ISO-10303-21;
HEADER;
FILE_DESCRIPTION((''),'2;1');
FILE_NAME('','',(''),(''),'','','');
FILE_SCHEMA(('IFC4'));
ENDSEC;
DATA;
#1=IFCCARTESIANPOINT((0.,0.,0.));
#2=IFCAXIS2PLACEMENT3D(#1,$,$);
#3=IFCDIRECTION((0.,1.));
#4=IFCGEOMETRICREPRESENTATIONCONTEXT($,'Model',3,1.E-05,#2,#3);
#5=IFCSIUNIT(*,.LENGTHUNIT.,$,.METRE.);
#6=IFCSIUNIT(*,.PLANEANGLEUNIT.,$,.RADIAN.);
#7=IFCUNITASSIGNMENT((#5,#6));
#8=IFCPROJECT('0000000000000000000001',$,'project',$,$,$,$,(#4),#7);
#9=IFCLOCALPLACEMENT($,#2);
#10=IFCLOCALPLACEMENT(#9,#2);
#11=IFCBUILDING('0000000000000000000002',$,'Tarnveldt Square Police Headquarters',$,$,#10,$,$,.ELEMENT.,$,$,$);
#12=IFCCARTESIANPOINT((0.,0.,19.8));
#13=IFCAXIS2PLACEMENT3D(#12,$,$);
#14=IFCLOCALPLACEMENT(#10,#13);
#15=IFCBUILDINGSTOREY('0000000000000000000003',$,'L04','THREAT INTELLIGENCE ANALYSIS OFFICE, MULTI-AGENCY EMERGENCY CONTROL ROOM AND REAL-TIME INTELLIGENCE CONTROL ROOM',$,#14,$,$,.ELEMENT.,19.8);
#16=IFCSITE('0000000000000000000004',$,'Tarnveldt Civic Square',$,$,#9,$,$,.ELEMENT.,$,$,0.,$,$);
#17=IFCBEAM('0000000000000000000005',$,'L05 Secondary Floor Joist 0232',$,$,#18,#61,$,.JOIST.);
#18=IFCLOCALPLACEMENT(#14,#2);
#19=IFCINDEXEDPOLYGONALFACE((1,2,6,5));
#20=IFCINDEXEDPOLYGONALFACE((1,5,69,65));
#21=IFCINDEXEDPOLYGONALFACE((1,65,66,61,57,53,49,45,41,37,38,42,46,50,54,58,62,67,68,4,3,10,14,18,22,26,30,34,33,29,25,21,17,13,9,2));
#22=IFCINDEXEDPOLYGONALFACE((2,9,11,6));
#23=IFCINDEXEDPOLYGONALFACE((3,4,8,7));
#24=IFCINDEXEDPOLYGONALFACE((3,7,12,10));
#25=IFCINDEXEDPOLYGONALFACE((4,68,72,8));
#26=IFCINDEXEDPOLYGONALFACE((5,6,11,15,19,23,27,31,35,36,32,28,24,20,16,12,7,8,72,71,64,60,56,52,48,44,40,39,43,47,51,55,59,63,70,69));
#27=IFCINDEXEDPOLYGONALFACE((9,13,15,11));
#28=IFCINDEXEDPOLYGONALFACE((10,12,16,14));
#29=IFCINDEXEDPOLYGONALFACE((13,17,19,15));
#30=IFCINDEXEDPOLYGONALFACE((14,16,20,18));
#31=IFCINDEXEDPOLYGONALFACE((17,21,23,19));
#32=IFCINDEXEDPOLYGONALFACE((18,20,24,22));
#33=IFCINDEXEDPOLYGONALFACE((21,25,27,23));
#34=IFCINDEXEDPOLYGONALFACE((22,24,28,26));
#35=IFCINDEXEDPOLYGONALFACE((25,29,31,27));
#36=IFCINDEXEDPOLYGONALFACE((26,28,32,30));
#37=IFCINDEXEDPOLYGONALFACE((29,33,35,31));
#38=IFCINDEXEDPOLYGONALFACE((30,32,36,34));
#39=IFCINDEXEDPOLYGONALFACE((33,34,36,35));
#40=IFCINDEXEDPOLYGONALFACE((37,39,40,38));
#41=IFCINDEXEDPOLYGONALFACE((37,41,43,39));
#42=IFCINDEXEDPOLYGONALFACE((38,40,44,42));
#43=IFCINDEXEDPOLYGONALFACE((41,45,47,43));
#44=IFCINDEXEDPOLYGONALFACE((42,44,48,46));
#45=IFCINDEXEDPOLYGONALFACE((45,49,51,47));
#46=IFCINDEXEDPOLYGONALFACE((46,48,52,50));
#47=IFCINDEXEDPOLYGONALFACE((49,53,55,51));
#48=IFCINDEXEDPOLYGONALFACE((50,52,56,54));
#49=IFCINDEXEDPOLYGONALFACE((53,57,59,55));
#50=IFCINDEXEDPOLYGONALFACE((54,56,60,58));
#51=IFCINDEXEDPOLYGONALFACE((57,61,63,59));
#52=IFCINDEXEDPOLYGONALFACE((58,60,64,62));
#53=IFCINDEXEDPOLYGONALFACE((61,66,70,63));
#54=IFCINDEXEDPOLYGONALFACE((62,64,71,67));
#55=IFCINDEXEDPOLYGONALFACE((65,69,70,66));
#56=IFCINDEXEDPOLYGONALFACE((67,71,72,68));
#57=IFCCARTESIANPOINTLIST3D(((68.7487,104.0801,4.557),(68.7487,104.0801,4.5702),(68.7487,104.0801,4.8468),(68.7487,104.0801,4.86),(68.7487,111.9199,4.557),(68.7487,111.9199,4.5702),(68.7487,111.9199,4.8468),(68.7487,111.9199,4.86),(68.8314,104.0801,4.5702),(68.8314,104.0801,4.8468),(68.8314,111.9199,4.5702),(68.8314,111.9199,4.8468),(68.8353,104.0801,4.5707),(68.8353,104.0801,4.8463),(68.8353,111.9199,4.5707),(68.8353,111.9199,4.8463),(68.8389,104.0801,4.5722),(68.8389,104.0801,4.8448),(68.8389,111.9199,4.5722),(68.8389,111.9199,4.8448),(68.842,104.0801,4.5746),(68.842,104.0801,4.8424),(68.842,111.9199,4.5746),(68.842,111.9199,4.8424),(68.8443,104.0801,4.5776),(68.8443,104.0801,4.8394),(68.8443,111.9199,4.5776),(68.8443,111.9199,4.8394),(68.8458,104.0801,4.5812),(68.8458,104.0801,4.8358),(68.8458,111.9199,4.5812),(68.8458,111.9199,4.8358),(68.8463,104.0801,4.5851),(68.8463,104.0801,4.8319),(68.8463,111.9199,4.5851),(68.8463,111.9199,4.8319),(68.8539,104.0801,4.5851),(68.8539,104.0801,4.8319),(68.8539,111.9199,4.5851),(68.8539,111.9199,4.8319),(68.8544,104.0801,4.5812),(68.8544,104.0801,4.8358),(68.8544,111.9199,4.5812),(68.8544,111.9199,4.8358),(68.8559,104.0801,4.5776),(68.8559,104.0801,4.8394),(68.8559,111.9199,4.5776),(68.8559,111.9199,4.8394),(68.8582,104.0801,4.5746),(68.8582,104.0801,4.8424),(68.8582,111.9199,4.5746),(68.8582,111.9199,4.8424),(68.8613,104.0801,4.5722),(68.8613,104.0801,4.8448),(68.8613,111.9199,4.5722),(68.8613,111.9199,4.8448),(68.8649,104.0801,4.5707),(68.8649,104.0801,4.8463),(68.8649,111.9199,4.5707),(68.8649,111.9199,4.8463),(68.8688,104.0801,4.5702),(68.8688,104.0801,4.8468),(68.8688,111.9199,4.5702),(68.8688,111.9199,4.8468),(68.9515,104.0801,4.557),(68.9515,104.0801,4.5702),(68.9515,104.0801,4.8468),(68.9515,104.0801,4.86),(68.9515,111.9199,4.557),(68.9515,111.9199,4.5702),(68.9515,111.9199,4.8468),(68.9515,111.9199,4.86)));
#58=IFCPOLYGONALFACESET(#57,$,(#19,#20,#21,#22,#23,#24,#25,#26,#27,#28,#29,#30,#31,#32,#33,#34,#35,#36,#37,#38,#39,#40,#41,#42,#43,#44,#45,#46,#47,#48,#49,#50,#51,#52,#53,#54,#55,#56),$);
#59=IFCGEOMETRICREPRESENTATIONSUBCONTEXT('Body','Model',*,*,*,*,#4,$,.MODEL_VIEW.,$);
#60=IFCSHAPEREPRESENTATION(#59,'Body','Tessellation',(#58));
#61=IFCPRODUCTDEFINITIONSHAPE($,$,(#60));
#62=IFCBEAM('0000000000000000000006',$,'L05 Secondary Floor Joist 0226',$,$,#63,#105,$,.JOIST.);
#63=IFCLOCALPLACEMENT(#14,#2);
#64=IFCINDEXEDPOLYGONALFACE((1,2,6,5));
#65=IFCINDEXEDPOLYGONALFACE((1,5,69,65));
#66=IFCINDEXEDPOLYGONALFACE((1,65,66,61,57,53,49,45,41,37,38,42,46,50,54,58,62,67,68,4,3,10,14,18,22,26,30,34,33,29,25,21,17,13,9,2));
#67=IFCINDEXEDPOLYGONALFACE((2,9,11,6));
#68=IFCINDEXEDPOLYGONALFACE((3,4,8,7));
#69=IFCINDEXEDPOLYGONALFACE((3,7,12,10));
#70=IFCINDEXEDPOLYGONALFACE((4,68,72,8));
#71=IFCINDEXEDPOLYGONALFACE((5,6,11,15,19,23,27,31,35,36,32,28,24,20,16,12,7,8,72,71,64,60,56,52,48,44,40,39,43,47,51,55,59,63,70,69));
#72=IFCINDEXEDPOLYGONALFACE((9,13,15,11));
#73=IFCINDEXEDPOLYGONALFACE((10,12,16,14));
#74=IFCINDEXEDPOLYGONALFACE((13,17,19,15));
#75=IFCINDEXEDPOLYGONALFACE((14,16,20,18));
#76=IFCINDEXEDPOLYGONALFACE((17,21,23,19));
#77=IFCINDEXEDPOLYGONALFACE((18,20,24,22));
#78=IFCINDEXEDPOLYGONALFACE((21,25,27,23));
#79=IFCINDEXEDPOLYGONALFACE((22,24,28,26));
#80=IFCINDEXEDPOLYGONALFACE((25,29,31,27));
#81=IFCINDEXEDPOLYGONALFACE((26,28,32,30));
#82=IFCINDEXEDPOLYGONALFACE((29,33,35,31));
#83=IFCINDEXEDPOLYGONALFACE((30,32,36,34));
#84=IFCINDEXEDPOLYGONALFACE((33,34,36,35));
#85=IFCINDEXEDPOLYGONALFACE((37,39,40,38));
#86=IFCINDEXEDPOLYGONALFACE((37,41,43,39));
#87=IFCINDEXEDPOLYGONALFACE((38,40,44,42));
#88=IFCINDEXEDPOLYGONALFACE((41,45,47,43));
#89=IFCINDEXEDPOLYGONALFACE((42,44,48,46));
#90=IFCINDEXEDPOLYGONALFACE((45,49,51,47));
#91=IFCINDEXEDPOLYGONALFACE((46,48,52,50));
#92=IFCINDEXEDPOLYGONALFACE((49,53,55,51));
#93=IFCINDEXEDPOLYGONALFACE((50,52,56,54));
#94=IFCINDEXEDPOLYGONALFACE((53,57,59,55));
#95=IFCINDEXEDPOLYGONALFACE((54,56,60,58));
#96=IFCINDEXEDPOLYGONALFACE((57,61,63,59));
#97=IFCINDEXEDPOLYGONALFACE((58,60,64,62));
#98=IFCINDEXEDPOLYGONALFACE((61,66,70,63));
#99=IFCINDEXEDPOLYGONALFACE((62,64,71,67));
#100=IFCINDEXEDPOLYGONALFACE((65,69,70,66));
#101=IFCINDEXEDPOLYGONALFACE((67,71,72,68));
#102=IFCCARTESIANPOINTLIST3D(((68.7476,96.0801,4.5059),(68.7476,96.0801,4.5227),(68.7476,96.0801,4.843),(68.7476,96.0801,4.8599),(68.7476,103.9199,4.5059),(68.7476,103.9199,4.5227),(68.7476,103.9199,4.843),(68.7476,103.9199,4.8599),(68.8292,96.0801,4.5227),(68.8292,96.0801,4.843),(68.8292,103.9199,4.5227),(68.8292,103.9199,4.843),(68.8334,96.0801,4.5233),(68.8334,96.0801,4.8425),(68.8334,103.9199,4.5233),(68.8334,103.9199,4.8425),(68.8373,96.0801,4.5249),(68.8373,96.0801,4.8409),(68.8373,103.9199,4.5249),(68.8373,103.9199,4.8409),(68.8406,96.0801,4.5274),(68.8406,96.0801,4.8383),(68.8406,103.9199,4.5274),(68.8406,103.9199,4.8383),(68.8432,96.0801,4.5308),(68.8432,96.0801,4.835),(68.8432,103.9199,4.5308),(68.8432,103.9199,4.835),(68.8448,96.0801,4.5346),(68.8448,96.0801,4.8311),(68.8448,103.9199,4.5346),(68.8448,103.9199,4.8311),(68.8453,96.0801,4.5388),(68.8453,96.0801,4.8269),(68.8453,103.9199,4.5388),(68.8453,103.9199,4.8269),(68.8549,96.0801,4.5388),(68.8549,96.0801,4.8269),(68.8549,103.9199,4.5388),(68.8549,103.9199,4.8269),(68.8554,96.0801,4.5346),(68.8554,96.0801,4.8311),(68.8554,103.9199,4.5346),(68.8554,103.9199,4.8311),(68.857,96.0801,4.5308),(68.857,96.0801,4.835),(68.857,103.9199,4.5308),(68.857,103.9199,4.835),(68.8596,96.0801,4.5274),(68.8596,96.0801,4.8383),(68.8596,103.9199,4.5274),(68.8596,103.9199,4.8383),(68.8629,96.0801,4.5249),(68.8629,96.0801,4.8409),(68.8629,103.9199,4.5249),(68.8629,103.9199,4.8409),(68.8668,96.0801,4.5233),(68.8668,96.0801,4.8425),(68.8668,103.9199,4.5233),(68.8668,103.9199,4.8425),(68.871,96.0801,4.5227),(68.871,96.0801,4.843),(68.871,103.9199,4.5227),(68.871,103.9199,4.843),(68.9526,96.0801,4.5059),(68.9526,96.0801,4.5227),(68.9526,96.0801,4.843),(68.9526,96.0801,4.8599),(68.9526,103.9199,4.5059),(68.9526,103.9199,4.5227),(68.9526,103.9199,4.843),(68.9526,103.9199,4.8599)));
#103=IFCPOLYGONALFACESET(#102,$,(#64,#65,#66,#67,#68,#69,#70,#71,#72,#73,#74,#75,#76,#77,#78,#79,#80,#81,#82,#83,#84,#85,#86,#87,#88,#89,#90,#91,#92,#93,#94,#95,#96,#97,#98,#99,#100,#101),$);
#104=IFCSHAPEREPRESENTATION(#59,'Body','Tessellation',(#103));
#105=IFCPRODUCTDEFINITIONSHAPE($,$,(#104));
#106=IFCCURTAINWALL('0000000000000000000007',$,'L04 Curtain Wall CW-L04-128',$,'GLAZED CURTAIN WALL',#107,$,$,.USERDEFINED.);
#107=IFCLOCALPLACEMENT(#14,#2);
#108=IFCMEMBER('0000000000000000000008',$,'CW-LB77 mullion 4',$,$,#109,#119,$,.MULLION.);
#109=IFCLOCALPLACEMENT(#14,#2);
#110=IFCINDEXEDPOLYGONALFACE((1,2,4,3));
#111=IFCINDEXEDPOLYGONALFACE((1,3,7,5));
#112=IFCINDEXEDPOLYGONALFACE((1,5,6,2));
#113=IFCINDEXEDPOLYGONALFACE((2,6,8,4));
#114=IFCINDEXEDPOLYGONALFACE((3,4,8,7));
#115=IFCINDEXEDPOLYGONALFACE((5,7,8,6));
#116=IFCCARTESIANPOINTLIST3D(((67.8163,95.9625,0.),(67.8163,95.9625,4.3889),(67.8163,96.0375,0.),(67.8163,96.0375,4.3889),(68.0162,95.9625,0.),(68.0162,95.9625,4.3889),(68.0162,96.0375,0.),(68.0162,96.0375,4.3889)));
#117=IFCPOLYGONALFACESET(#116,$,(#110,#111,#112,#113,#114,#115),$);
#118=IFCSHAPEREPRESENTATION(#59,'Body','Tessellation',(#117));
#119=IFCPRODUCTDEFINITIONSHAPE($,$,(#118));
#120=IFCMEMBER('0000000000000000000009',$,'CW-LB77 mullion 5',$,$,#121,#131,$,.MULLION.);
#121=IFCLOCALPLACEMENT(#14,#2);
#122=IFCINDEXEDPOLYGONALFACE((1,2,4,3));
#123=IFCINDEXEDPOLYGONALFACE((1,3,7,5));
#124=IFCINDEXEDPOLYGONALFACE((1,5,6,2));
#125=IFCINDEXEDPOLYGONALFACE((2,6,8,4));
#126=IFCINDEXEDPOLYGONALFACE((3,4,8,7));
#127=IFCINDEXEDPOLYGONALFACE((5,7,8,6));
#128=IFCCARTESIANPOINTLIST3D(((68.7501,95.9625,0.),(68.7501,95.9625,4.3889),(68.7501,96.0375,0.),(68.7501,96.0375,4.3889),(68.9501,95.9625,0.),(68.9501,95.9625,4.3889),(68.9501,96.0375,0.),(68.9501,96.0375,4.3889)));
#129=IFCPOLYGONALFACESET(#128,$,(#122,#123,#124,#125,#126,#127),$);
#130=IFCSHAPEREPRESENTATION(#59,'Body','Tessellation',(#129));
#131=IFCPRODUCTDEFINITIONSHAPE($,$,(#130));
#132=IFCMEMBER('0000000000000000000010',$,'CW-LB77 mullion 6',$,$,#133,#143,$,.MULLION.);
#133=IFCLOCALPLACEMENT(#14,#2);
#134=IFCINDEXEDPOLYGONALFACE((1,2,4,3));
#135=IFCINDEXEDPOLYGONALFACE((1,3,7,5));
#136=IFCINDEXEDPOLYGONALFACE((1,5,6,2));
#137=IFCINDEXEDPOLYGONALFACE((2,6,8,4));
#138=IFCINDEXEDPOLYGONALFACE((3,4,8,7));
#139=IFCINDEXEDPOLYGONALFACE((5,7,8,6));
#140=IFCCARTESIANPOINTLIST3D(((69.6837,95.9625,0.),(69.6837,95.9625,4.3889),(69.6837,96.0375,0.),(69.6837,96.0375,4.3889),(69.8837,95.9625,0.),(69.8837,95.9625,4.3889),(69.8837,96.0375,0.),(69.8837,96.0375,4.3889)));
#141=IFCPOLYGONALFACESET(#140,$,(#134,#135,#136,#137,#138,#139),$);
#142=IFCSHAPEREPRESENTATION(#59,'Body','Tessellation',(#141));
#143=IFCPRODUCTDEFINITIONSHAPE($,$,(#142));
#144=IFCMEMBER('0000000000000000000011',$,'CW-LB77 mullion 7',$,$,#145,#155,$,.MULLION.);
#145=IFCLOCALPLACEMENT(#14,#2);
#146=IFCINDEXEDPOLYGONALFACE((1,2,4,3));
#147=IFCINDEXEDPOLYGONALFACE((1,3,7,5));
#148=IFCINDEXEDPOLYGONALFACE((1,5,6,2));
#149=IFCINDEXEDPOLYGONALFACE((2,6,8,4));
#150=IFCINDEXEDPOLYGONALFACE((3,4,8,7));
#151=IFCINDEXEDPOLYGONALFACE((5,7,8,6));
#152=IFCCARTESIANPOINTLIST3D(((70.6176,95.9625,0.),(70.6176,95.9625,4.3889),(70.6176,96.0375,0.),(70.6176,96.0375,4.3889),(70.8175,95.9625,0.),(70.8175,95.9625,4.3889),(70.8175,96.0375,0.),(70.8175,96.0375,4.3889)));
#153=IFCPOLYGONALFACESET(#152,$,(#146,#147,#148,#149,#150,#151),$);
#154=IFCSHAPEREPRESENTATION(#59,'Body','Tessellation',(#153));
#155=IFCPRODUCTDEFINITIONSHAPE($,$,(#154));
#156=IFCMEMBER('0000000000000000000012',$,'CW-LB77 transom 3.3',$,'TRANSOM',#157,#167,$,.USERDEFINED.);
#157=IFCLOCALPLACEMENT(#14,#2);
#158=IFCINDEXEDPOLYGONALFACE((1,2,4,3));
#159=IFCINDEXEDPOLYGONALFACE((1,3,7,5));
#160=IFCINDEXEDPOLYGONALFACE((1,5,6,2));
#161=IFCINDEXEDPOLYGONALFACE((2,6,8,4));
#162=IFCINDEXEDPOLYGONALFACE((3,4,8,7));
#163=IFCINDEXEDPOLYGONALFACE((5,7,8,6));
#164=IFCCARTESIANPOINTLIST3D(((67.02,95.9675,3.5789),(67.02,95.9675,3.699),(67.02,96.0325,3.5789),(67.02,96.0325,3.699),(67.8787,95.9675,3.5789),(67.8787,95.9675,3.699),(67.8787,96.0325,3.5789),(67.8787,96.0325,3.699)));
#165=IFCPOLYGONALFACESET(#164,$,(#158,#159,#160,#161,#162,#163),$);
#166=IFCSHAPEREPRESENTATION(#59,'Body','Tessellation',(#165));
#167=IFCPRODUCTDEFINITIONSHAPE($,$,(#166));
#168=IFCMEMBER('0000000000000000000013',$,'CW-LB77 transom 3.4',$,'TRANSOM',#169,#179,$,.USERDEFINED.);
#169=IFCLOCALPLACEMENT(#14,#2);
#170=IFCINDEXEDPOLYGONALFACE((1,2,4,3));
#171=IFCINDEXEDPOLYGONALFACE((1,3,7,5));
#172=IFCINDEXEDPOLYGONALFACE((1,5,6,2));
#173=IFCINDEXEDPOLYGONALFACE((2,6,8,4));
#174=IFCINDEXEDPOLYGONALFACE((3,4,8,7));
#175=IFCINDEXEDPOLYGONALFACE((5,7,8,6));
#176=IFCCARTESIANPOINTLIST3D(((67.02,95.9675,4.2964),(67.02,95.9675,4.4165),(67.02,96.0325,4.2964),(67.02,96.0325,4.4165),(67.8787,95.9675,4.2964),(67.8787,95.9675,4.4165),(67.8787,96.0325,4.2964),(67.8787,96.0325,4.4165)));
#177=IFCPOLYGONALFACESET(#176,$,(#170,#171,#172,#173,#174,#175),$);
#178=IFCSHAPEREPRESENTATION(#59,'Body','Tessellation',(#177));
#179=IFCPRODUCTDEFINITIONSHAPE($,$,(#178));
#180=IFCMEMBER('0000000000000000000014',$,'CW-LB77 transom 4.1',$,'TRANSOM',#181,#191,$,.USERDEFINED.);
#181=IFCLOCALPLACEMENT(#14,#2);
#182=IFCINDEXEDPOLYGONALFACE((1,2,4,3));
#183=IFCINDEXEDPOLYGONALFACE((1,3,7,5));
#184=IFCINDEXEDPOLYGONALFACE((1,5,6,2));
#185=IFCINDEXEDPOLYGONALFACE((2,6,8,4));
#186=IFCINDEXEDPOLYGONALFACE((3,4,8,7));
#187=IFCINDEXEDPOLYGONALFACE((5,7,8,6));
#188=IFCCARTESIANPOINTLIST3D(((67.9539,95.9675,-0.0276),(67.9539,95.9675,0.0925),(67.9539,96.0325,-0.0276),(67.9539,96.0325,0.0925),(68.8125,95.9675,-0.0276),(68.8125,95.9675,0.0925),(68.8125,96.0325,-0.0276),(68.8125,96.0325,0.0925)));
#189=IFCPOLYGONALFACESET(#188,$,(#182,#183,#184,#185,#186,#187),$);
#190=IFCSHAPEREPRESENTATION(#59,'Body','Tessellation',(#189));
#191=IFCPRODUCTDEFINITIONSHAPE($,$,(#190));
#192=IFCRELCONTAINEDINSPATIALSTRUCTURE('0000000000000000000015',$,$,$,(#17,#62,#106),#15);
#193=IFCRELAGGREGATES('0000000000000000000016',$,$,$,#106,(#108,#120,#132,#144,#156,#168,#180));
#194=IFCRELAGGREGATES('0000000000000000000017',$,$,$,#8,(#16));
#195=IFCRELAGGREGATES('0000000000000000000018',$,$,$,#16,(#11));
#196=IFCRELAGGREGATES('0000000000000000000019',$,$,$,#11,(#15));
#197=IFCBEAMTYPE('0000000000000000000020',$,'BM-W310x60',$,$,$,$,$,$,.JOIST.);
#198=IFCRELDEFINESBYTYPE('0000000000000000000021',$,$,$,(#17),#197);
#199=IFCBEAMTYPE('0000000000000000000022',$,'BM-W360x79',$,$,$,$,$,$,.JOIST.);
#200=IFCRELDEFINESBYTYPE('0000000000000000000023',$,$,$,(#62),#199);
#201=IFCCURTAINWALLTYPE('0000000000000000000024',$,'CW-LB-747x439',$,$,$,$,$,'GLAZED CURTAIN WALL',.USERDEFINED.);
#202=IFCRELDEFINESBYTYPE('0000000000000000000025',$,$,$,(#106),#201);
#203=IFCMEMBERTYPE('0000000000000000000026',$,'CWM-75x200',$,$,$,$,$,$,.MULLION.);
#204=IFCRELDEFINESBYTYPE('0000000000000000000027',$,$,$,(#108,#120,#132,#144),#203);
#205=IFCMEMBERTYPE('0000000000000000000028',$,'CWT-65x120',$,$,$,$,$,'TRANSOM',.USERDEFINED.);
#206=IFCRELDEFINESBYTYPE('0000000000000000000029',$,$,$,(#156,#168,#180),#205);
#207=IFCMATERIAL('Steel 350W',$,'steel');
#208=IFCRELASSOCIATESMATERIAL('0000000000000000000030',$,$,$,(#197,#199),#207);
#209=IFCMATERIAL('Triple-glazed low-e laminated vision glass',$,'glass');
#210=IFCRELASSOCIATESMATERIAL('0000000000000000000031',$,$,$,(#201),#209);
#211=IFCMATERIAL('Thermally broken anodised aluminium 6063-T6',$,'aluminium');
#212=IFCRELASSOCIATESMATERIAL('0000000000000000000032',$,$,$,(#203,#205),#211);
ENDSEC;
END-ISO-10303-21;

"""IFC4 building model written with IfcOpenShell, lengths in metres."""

from ifc_helpers import new_model, si_unit, direction, frame, origin, origin_2d, place, context, subcontext, project, spatial, rectangle, i_section, extrude, material, material_profile, profile_set, type_object, element, aggregate, save


model = new_model("IFC4")

# Units and contexts
model_context = context("Model", 3, precision=1e-05, world=origin(), true_north=direction((0.0, 1.0)))
body_context = subcontext(model_context, "Body", "Model", "MODEL_VIEW")
ifc_project = project(units=[si_unit("LENGTHUNIT", "METRE"), si_unit("PLANEANGLEUNIT", "RADIAN")], contexts=[model_context])

# Site, building, storey
site_placement = place(None, origin())
site = spatial("IfcSite", under=ifc_project, at=site_placement, Name="Tarnveldt Civic Square", CompositionType="ELEMENT", RefElevation=0.0)
building_placement = place(site_placement, origin())
building = spatial("IfcBuilding", under=site, at=building_placement, Name="Tarnveldt Square Police Headquarters", CompositionType="ELEMENT")
storey_placement = place(building_placement, frame((0.0, 0.0, 19.8)))
storey = spatial("IfcBuildingStorey", under=building, at=storey_placement, Name="L04", Description="THREAT INTELLIGENCE ANALYSIS OFFICE, MULTI-AGENCY EMERGENCY CONTROL ROOM AND REAL-TIME INTELLIGENCE CONTROL ROOM", CompositionType="ELEMENT", Elevation=19.8)

# Beams
ifc_material_1 = material(Name="Steel 350W", Category="steel")
ifc_material_profile_1 = material_profile(ifc_material_1, i_section(OverallWidth=0.2029, OverallDepth=0.303, WebThickness=0.0076, FlangeThickness=0.0132, FilletRadius=0.0149, at=origin_2d()), Name="W310x60")
ifc_profile_set_1 = profile_set([ifc_material_profile_1], Name="Steel 350W")
beam_type_1 = type_object("IfcBeamType", Name="BM-W310x60", PredefinedType="JOIST", material=ifc_profile_set_1)
beam_1_placement = place(storey_placement, frame((68.8501, 104.0801, 4.7085), z_axis=(0.0, 1.0, 0.0), x_axis=(-1.0, 0.0, 0.0)))
element("IfcBeam", 1, at=beam_1_placement, inside=storey, type_object=beam_type_1, Name="L05 Secondary Floor Joist 0232", PredefinedType="JOIST", context=body_context, shape_type="SweptSolid", body=[
    extrude(i_section(OverallWidth=0.2029, OverallDepth=0.303, WebThickness=0.0076, FlangeThickness=0.0132, FilletRadius=0.0149, at=origin_2d()), origin(), (0.0, 0.0, 1.0), 7.8398),
])
ifc_material_profile_2 = material_profile(ifc_material_1, i_section(OverallWidth=0.2051, OverallDepth=0.354, WebThickness=0.0095, FlangeThickness=0.0168, FilletRadius=0.0161, at=origin_2d()), Name="W360x79")
ifc_profile_set_2 = profile_set([ifc_material_profile_2], Name="Steel 350W")
beam_type_2 = type_object("IfcBeamType", Name="BM-W360x79", PredefinedType="JOIST", material=ifc_profile_set_2)
beam_2_placement = place(storey_placement, frame((68.8501, 96.0801, 4.6829), z_axis=(0.0, 1.0, 0.0), x_axis=(-1.0, 0.0, 0.0)))
element("IfcBeam", 2, at=beam_2_placement, inside=storey, type_object=beam_type_2, Name="L05 Secondary Floor Joist 0226", PredefinedType="JOIST", context=body_context, shape_type="SweptSolid", body=[
    extrude(i_section(OverallWidth=0.2051, OverallDepth=0.354, WebThickness=0.0095, FlangeThickness=0.0168, FilletRadius=0.0161, at=origin_2d()), origin(), (0.0, 0.0, 1.0), 7.8398),
])

# Curtain wall, members
ifc_material_2 = material(Name="Triple-glazed low-e laminated vision glass", Category="glass")
curtain_wall_type = type_object("IfcCurtainWallType", Name="CW-LB-747x439", ElementType="GLAZED CURTAIN WALL", PredefinedType="USERDEFINED", material=ifc_material_2)
curtain_wall_placement = place(storey_placement, origin())
curtain_wall = element("IfcCurtainWall", 3, at=curtain_wall_placement, inside=storey, type_object=curtain_wall_type, Name="L04 Curtain Wall CW-L04-128", ObjectType="GLAZED CURTAIN WALL", PredefinedType="USERDEFINED")
ifc_material_3 = material(Name="Thermally broken anodised aluminium 6063-T6", Category="aluminium")
ifc_material_profile_3 = material_profile(ifc_material_3, rectangle(XDim=0.075, YDim=0.2, at=origin_2d()), Name="CW-M75x200")
ifc_profile_set_3 = profile_set([ifc_material_profile_3], Name="Thermally broken anodised aluminium 6063-T6")
member_type_1 = type_object("IfcMemberType", Name="CWM-75x200", PredefinedType="MULLION", material=ifc_profile_set_3)
member_1_placement = place(storey_placement, frame((67.9163, 96.0, 0.0), z_axis=(0.0, 0.0, 1.0), x_axis=(0.0, 1.0, 0.0)))
member_1 = element("IfcMember", 4, at=member_1_placement, type_object=member_type_1, Name="CW-LB77 mullion 4", PredefinedType="MULLION", context=body_context, shape_type="SweptSolid", body=[
    extrude(rectangle(XDim=0.075, YDim=0.2, at=origin_2d()), origin(), (0.0, 0.0, 1.0), 4.3889),
])
member_2_placement = place(storey_placement, frame((68.8501, 96.0, 0.0), z_axis=(0.0, 0.0, 1.0), x_axis=(0.0, 1.0, 0.0)))
member_2 = element("IfcMember", 5, at=member_2_placement, type_object=member_type_1, Name="CW-LB77 mullion 5", PredefinedType="MULLION", context=body_context, shape_type="SweptSolid", body=[
    extrude(rectangle(XDim=0.075, YDim=0.2, at=origin_2d()), origin(), (0.0, 0.0, 1.0), 4.3889),
])
member_3_placement = place(storey_placement, frame((69.7837, 96.0, 0.0), z_axis=(0.0, 0.0, 1.0), x_axis=(0.0, 1.0, 0.0)))
member_3 = element("IfcMember", 6, at=member_3_placement, type_object=member_type_1, Name="CW-LB77 mullion 6", PredefinedType="MULLION", context=body_context, shape_type="SweptSolid", body=[
    extrude(rectangle(XDim=0.075, YDim=0.2, at=origin_2d()), origin(), (0.0, 0.0, 1.0), 4.3889),
])
member_4_placement = place(storey_placement, frame((70.7175, 96.0, 0.0), z_axis=(0.0, 0.0, 1.0), x_axis=(0.0, 1.0, 0.0)))
member_4 = element("IfcMember", 7, at=member_4_placement, type_object=member_type_1, Name="CW-LB77 mullion 7", PredefinedType="MULLION", context=body_context, shape_type="SweptSolid", body=[
    extrude(rectangle(XDim=0.075, YDim=0.2, at=origin_2d()), origin(), (0.0, 0.0, 1.0), 4.3889),
])
ifc_material_profile_4 = material_profile(ifc_material_3, rectangle(XDim=0.0649, YDim=0.1201, at=origin_2d()), Name="CW-T65x120")
ifc_profile_set_4 = profile_set([ifc_material_profile_4], Name="Thermally broken anodised aluminium 6063-T6")
member_type_2 = type_object("IfcMemberType", Name="CWT-65x120", ElementType="TRANSOM", PredefinedType="USERDEFINED", material=ifc_profile_set_4)
member_5_placement = place(storey_placement, frame((67.02, 96.0, 3.6389), z_axis=(1.0, 0.0, 0.0), x_axis=(0.0, 1.0, 0.0)))
member_5 = element("IfcMember", 8, at=member_5_placement, type_object=member_type_2, Name="CW-LB77 transom 3.3", ObjectType="TRANSOM", PredefinedType="USERDEFINED", context=body_context, shape_type="SweptSolid", body=[
    extrude(rectangle(XDim=0.0649, YDim=0.1201, at=origin_2d()), origin(), (0.0, 0.0, 1.0), 0.8586),
])
member_6_placement = place(storey_placement, frame((67.02, 96.0, 4.3564), z_axis=(1.0, 0.0, 0.0), x_axis=(0.0, 1.0, 0.0)))
member_6 = element("IfcMember", 9, at=member_6_placement, type_object=member_type_2, Name="CW-LB77 transom 3.4", ObjectType="TRANSOM", PredefinedType="USERDEFINED", context=body_context, shape_type="SweptSolid", body=[
    extrude(rectangle(XDim=0.0649, YDim=0.1201, at=origin_2d()), origin(), (0.0, 0.0, 1.0), 0.8586),
])
member_7_placement = place(storey_placement, frame((67.9539, 96.0, 0.0325), z_axis=(1.0, 0.0, 0.0), x_axis=(0.0, 1.0, 0.0)))
member_7 = element("IfcMember", 10, at=member_7_placement, type_object=member_type_2, Name="CW-LB77 transom 4.1", ObjectType="TRANSOM", PredefinedType="USERDEFINED", context=body_context, shape_type="SweptSolid", body=[
    extrude(rectangle(XDim=0.0649, YDim=0.1201, at=origin_2d()), origin(), (0.0, 0.0, 1.0), 0.8586),
])
aggregate(curtain_wall, [member_1, member_2, member_3, member_4, member_5, member_6, member_7])

save(model, "model.ifc")
